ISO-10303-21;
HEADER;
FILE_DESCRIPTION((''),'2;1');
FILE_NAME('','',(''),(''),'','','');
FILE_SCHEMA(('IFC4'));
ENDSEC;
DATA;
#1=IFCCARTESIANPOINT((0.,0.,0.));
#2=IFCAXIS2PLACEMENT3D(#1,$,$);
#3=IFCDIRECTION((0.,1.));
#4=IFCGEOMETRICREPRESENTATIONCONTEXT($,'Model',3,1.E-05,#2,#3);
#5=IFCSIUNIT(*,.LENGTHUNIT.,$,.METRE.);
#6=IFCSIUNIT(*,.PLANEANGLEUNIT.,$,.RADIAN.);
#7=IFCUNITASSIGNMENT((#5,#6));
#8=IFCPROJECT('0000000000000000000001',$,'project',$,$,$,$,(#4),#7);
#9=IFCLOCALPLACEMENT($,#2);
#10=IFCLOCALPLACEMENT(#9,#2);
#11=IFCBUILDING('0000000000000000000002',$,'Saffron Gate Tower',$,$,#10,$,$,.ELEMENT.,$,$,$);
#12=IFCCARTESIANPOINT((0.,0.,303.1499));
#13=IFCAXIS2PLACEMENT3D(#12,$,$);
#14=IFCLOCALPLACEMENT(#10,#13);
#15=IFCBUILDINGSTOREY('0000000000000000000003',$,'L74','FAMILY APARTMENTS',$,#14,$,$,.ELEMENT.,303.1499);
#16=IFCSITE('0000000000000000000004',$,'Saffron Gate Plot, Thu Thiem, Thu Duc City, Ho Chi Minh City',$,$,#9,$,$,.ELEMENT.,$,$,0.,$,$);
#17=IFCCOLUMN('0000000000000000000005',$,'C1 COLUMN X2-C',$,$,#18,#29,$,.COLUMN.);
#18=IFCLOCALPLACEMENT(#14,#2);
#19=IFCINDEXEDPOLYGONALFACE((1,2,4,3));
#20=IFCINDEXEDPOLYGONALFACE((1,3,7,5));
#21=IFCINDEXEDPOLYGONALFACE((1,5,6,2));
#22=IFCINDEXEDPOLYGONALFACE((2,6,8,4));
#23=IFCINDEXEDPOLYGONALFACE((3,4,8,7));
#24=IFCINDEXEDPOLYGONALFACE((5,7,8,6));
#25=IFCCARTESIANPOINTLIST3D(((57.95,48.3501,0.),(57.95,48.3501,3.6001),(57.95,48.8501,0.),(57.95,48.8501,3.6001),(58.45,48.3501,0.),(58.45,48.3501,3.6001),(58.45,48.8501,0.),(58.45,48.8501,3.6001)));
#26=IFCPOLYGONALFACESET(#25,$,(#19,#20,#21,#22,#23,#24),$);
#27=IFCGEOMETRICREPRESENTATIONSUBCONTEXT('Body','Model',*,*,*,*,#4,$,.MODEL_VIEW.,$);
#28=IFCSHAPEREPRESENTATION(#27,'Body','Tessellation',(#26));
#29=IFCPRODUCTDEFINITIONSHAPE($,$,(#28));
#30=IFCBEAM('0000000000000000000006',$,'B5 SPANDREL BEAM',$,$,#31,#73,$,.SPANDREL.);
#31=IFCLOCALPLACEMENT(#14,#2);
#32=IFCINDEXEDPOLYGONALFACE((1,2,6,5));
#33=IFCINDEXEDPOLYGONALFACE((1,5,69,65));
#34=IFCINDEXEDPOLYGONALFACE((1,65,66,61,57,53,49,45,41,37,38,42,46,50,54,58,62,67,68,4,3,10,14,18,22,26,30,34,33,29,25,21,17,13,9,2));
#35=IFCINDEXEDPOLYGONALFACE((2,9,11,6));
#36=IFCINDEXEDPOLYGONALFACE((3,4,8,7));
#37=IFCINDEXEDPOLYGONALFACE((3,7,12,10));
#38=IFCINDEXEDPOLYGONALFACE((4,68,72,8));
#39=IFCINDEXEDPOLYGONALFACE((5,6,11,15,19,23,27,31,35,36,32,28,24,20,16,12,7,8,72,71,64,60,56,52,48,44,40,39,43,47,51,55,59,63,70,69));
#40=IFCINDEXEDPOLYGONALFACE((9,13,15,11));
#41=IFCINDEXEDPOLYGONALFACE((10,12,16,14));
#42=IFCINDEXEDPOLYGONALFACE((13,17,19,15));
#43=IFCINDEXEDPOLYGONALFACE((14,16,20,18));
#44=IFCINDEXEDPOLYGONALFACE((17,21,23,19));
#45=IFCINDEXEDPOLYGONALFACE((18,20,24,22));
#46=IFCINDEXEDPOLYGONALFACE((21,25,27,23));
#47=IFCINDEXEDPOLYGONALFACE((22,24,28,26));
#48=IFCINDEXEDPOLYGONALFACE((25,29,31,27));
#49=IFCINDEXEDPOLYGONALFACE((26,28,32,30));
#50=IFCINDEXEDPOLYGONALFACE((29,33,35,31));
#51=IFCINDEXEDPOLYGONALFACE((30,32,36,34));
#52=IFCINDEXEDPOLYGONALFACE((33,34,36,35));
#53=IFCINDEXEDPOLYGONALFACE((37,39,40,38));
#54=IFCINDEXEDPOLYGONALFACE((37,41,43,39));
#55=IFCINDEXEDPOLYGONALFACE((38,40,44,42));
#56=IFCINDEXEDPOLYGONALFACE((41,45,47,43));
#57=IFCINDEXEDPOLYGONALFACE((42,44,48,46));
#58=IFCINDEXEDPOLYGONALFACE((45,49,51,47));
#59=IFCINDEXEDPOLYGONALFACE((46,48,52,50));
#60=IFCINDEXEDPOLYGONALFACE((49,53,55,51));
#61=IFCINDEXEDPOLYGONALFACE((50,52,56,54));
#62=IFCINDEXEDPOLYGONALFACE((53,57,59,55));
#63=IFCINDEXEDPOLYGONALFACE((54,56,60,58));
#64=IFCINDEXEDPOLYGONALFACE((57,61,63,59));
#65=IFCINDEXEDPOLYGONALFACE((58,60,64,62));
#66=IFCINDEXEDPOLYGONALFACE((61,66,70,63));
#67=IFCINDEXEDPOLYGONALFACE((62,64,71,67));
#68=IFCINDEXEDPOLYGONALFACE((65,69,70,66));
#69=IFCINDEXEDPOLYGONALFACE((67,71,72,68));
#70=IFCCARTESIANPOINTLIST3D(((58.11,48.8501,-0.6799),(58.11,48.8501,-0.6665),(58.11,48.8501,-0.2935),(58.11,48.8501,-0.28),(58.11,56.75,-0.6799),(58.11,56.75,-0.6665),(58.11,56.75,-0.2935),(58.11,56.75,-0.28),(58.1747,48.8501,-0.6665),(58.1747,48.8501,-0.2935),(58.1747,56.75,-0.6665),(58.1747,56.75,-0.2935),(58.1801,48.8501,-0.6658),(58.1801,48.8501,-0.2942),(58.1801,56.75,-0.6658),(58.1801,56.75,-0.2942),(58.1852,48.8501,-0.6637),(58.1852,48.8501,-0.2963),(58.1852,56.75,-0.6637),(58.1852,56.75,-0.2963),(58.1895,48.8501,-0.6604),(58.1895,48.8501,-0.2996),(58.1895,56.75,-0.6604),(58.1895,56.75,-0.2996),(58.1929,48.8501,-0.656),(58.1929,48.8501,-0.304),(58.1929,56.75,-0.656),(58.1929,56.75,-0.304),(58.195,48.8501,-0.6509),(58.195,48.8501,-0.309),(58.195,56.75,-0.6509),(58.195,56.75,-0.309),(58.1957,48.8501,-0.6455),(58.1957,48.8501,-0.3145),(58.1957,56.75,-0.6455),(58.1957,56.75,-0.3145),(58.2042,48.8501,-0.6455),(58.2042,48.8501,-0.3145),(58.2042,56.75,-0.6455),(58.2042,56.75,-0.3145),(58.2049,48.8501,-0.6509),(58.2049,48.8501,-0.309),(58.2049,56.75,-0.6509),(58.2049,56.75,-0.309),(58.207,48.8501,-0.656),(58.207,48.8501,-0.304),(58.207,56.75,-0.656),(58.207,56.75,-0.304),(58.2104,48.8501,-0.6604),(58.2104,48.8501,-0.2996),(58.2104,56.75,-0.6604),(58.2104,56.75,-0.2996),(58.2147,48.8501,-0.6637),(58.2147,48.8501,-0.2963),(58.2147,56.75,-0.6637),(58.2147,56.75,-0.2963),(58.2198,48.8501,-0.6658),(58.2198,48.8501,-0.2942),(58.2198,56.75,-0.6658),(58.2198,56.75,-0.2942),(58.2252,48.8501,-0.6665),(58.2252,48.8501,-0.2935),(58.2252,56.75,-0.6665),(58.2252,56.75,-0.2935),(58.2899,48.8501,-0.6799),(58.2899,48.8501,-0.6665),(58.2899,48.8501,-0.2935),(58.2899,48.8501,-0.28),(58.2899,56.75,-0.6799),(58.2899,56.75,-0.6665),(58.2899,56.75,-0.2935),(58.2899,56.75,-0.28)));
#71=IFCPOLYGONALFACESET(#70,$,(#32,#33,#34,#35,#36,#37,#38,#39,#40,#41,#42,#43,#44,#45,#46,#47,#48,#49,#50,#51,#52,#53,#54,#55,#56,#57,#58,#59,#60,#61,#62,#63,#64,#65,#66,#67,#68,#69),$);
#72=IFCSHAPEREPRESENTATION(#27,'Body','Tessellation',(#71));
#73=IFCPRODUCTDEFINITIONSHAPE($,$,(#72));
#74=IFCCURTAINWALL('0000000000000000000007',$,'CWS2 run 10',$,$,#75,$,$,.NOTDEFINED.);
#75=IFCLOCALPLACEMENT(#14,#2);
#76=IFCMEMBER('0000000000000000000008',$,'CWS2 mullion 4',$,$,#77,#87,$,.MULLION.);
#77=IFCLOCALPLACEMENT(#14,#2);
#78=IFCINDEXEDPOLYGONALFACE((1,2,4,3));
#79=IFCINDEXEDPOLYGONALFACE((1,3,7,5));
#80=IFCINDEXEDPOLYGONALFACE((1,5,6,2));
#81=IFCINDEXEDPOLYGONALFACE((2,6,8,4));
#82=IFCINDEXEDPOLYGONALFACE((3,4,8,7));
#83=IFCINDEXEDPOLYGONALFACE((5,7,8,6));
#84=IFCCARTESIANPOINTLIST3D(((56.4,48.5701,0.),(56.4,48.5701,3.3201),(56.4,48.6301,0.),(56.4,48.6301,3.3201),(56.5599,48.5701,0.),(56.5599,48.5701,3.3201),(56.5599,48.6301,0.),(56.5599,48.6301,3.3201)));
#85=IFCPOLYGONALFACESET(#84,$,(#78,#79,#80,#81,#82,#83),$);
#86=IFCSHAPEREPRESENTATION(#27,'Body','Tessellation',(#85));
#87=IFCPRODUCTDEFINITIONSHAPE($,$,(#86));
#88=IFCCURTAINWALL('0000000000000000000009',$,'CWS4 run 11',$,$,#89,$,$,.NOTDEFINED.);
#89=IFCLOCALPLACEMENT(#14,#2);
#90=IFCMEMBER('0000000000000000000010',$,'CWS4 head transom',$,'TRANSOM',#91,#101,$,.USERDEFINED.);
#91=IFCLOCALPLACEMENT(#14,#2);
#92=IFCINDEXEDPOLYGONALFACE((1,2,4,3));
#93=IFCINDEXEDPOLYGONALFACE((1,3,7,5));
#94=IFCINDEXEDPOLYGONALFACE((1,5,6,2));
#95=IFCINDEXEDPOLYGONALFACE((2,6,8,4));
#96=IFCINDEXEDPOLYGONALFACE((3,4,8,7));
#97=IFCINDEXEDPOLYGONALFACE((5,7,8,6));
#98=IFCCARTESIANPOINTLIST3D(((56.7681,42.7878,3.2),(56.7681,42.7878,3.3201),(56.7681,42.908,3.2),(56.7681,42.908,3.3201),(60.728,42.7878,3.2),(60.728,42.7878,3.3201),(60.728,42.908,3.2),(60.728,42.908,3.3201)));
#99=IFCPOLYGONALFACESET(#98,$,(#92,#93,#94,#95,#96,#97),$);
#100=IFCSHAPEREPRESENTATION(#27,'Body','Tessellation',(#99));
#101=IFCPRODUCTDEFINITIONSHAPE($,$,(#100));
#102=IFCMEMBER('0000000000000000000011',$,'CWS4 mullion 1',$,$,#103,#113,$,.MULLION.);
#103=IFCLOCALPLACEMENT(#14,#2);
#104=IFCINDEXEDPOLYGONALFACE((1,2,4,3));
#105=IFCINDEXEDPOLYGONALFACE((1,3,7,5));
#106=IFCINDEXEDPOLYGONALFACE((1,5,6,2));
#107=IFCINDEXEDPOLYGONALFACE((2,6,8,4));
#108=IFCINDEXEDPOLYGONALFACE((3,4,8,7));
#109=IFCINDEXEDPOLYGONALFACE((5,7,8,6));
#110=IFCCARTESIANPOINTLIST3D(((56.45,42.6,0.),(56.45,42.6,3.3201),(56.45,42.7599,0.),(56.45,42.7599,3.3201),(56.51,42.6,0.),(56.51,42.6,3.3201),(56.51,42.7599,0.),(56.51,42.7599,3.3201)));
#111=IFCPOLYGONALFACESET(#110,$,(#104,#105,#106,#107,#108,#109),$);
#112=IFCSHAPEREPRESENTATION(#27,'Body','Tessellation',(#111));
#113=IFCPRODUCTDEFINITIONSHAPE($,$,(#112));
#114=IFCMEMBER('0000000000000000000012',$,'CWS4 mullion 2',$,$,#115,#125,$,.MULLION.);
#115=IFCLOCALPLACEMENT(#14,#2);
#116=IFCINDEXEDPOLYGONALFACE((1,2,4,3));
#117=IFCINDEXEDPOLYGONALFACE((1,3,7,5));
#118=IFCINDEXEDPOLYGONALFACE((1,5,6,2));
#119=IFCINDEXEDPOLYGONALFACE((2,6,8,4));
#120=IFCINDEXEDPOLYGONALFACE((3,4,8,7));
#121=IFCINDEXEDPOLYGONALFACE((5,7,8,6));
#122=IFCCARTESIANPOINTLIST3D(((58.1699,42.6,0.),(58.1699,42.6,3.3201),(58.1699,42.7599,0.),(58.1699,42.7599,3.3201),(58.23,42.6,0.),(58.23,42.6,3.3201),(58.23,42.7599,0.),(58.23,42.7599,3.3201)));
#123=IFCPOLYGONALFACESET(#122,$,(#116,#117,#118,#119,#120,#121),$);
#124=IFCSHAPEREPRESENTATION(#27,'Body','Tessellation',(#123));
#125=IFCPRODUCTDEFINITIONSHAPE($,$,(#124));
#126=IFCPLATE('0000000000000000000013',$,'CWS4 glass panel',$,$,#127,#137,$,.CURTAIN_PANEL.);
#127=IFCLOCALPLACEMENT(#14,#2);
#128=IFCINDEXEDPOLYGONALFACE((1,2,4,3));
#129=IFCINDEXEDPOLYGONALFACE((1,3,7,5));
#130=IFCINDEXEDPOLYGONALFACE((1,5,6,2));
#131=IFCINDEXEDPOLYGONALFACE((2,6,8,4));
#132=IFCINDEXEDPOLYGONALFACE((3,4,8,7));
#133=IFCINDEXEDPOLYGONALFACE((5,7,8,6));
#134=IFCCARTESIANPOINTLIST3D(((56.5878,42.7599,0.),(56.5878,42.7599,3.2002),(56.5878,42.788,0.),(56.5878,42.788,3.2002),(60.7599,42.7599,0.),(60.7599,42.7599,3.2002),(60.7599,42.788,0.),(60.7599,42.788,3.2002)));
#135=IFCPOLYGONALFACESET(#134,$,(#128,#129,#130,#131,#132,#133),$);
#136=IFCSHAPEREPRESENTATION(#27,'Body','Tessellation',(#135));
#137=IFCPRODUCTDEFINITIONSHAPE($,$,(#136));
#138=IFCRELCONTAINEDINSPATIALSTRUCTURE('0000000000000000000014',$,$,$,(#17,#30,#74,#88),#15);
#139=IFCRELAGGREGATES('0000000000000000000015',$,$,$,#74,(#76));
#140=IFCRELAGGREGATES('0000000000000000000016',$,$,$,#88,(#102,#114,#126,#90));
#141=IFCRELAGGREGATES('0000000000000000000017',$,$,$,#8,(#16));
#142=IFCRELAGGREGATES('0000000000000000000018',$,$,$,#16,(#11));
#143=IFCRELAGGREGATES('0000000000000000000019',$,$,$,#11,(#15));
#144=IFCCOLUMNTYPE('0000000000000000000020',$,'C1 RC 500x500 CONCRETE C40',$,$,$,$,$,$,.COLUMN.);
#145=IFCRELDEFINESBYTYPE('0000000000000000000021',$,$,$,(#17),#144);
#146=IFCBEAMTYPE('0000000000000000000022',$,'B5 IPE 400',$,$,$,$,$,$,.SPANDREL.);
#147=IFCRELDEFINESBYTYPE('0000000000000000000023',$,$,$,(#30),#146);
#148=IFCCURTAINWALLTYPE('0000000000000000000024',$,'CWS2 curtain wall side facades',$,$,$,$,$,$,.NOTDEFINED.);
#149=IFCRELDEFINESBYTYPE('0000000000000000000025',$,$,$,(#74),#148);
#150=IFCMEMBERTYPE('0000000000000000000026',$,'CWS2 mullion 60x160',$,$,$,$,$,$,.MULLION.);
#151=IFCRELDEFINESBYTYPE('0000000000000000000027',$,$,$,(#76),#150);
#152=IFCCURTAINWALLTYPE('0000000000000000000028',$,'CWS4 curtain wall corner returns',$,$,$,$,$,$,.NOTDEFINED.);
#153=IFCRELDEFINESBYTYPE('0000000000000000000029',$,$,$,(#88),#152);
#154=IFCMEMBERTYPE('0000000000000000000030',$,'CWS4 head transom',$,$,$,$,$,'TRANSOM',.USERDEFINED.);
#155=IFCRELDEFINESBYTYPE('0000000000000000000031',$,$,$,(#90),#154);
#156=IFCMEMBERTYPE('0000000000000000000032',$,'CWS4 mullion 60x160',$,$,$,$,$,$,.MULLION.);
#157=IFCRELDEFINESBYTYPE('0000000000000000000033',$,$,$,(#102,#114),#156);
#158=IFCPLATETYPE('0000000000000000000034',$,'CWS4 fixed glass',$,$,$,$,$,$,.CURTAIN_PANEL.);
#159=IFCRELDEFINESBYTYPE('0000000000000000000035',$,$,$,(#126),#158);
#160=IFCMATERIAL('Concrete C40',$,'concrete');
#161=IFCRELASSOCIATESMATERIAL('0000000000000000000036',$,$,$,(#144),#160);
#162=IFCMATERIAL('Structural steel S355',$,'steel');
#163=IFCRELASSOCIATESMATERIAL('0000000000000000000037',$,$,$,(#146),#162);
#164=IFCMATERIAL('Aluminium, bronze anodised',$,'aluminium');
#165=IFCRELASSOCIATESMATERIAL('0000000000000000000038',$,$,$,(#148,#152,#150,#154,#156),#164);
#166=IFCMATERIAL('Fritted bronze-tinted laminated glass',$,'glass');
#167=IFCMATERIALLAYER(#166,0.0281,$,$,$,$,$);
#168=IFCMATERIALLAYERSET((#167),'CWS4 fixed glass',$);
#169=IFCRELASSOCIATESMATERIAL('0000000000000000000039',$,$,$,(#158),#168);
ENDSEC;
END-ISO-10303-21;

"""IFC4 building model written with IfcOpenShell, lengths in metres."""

from ifc_helpers import new_model, si_unit, direction, frame, frame_2d, origin, origin_2d, place, context, subcontext, project, spatial, rectangle, i_section, extrude, material, layer, layer_set, material_profile, profile_set, type_object, element, aggregate, save


model = new_model("IFC4")

# Units and contexts
model_context = context("Model", 3, precision=1e-05, world=origin(), true_north=direction((0.0, 1.0)))
body_context = subcontext(model_context, "Body", "Model", "MODEL_VIEW")
ifc_project = project(units=[si_unit("LENGTHUNIT", "METRE"), si_unit("PLANEANGLEUNIT", "RADIAN")], contexts=[model_context])

# Site, building, storey
site_placement = place(None, origin())
site = spatial("IfcSite", under=ifc_project, at=site_placement, Name="Saffron Gate Plot, Thu Thiem, Thu Duc City, Ho Chi Minh City", CompositionType="ELEMENT", RefElevation=0.0)
building_placement = place(site_placement, origin())
building = spatial("IfcBuilding", under=site, at=building_placement, Name="Saffron Gate Tower", CompositionType="ELEMENT")
storey_placement = place(building_placement, frame((0.0, 0.0, 303.1499)))
storey = spatial("IfcBuildingStorey", under=building, at=storey_placement, Name="L74", Description="FAMILY APARTMENTS", CompositionType="ELEMENT", Elevation=303.1499)

# Column
ifc_material_1 = material(Name="Concrete C40", Category="concrete")
ifc_material_profile_1 = material_profile(ifc_material_1, rectangle(XDim=0.5, YDim=0.5, at=origin_2d()))
ifc_profile_set_1 = profile_set([ifc_material_profile_1], Name="Concrete C40")
column_type = type_object("IfcColumnType", Name="C1 RC 500x500 CONCRETE C40", PredefinedType="COLUMN", material=ifc_profile_set_1)
column_placement = place(storey_placement, frame((58.2, 48.6001, 0.0), z_axis=(0.0, 0.0, 1.0), x_axis=(1.0, 0.0, 0.0)))
element("IfcColumn", 1, at=column_placement, inside=storey, type_object=column_type, Name="C1 COLUMN X2-C", PredefinedType="COLUMN", context=body_context, shape_type="SweptSolid", body=[
    extrude(rectangle(XDim=0.5, YDim=0.5, at=origin_2d()), origin(), (0.0, 0.0, 1.0), 3.6001),
])

# Beam
ifc_material_2 = material(Name="Structural steel S355", Category="steel")
ifc_material_profile_2 = material_profile(ifc_material_2, i_section(OverallWidth=0.1799, OverallDepth=0.3999, WebThickness=0.0085, FlangeThickness=0.0134, FilletRadius=0.021, at=origin_2d()))
ifc_profile_set_2 = profile_set([ifc_material_profile_2], Name="Structural steel S355")
beam_type = type_object("IfcBeamType", Name="B5 IPE 400", PredefinedType="SPANDREL", material=ifc_profile_set_2)
beam_placement = place(storey_placement, frame((58.2, 48.8501, -0.48), z_axis=(0.0, 1.0, 0.0), x_axis=(-1.0, 0.0, 0.0)))
element("IfcBeam", 2, at=beam_placement, inside=storey, type_object=beam_type, Name="B5 SPANDREL BEAM", PredefinedType="SPANDREL", context=body_context, shape_type="SweptSolid", body=[
    extrude(i_section(OverallWidth=0.1799, OverallDepth=0.3999, WebThickness=0.0085, FlangeThickness=0.0134, FilletRadius=0.021, at=origin_2d()), origin(), (0.0, 0.0, 1.0), 7.8999),
])

# Curtain wall, member
ifc_material_3 = material(Name="Aluminium, bronze anodised", Category="aluminium")
curtain_wall_type_1 = type_object("IfcCurtainWallType", Name="CWS2 curtain wall side facades", PredefinedType="NOTDEFINED", material=ifc_material_3)
curtain_wall_1_placement = place(storey_placement, origin())
curtain_wall_1 = element("IfcCurtainWall", 3, at=curtain_wall_1_placement, inside=storey, type_object=curtain_wall_type_1, Name="CWS2 run 10", PredefinedType="NOTDEFINED")
ifc_material_profile_3 = material_profile(ifc_material_3, rectangle(XDim=0.1599, YDim=0.0601, at=origin_2d()))
ifc_profile_set_3 = profile_set([ifc_material_profile_3], Name="Aluminium, bronze anodised")
member_type_1 = type_object("IfcMemberType", Name="CWS2 mullion 60x160", PredefinedType="MULLION", material=ifc_profile_set_3)
member_1_placement = place(storey_placement, frame((56.48, 48.6001, 0.0), z_axis=(0.0, 0.0, 1.0), x_axis=(1.0, 0.0, 0.0)))
member_1 = element("IfcMember", 4, at=member_1_placement, type_object=member_type_1, Name="CWS2 mullion 4", PredefinedType="MULLION", context=body_context, shape_type="SweptSolid", body=[
    extrude(rectangle(XDim=0.1599, YDim=0.0601, at=origin_2d()), origin(), (0.0, 0.0, 1.0), 3.3201),
])
aggregate(curtain_wall_1, [member_1])

# Curtain wall, members, plate
curtain_wall_type_2 = type_object("IfcCurtainWallType", Name="CWS4 curtain wall corner returns", PredefinedType="NOTDEFINED", material=ifc_material_3)
curtain_wall_2_placement = place(storey_placement, origin())
curtain_wall_2 = element("IfcCurtainWall", 5, at=curtain_wall_2_placement, inside=storey, type_object=curtain_wall_type_2, Name="CWS4 run 11", PredefinedType="NOTDEFINED")
ifc_material_profile_4 = material_profile(ifc_material_3, rectangle(XDim=0.1201, YDim=0.1201, at=origin_2d()))
ifc_profile_set_4 = profile_set([ifc_material_profile_4], Name="Aluminium, bronze anodised")
member_type_2 = type_object("IfcMemberType", Name="CWS4 head transom", ElementType="TRANSOM", PredefinedType="USERDEFINED", material=ifc_profile_set_4)
member_2_placement = place(storey_placement, frame((56.7681, 42.8479, 3.26), z_axis=(1.0, 0.0, 0.0), x_axis=(0.0, 1.0, 0.0)))
member_2 = element("IfcMember", 6, at=member_2_placement, type_object=member_type_2, Name="CWS4 head transom", ObjectType="TRANSOM", PredefinedType="USERDEFINED", context=body_context, shape_type="SweptSolid", body=[
    extrude(rectangle(XDim=0.1201, YDim=0.1201, at=origin_2d()), origin(), (0.0, 0.0, 1.0), 3.96),
])
ifc_material_profile_5 = material_profile(ifc_material_3, rectangle(XDim=0.1599, YDim=0.0601, at=origin_2d()))
ifc_profile_set_5 = profile_set([ifc_material_profile_5], Name="Aluminium, bronze anodised")
member_type_3 = type_object("IfcMemberType", Name="CWS4 mullion 60x160", PredefinedType="MULLION", material=ifc_profile_set_5)
member_3_placement = place(storey_placement, frame((56.48, 42.6799, 0.0), z_axis=(0.0, 0.0, 1.0), x_axis=(0.0, 1.0, 0.0)))
member_3 = element("IfcMember", 7, at=member_3_placement, type_object=member_type_3, Name="CWS4 mullion 1", PredefinedType="MULLION", context=body_context, shape_type="SweptSolid", body=[
    extrude(rectangle(XDim=0.1599, YDim=0.0601, at=origin_2d()), origin(), (0.0, 0.0, 1.0), 3.3201),
])
member_4_placement = place(storey_placement, frame((58.2, 42.6799, 0.0), z_axis=(0.0, 0.0, 1.0), x_axis=(0.0, 1.0, 0.0)))
member_4 = element("IfcMember", 8, at=member_4_placement, type_object=member_type_3, Name="CWS4 mullion 2", PredefinedType="MULLION", context=body_context, shape_type="SweptSolid", body=[
    extrude(rectangle(XDim=0.1599, YDim=0.0601, at=origin_2d()), origin(), (0.0, 0.0, 1.0), 3.3201),
])
ifc_material_4 = material(Name="Fritted bronze-tinted laminated glass", Category="glass")
ifc_layer_1 = layer(ifc_material_4, 0.0281)
ifc_layer_set_1 = layer_set([ifc_layer_1], Name="CWS4 fixed glass")
plate_type = type_object("IfcPlateType", Name="CWS4 fixed glass", PredefinedType="CURTAIN_PANEL", material=ifc_layer_set_1)
plate_placement = place(storey_placement, frame((56.5879, 42.7739, 0.0), z_axis=(0.0, 0.0, 1.0), x_axis=(1.0, 0.0, 0.0)))
plate = element("IfcPlate", 9, at=plate_placement, type_object=plate_type, Name="CWS4 glass panel", PredefinedType="CURTAIN_PANEL", context=body_context, shape_type="SweptSolid", body=[
    extrude(rectangle(XDim=4.1721, YDim=0.0281, at=frame_2d((2.0859, 0.0))), origin(), (0.0, 0.0, 1.0), 3.2002),
])
aggregate(curtain_wall_2, [member_3, member_4, plate, member_2])

save(model, "model.ifc")
